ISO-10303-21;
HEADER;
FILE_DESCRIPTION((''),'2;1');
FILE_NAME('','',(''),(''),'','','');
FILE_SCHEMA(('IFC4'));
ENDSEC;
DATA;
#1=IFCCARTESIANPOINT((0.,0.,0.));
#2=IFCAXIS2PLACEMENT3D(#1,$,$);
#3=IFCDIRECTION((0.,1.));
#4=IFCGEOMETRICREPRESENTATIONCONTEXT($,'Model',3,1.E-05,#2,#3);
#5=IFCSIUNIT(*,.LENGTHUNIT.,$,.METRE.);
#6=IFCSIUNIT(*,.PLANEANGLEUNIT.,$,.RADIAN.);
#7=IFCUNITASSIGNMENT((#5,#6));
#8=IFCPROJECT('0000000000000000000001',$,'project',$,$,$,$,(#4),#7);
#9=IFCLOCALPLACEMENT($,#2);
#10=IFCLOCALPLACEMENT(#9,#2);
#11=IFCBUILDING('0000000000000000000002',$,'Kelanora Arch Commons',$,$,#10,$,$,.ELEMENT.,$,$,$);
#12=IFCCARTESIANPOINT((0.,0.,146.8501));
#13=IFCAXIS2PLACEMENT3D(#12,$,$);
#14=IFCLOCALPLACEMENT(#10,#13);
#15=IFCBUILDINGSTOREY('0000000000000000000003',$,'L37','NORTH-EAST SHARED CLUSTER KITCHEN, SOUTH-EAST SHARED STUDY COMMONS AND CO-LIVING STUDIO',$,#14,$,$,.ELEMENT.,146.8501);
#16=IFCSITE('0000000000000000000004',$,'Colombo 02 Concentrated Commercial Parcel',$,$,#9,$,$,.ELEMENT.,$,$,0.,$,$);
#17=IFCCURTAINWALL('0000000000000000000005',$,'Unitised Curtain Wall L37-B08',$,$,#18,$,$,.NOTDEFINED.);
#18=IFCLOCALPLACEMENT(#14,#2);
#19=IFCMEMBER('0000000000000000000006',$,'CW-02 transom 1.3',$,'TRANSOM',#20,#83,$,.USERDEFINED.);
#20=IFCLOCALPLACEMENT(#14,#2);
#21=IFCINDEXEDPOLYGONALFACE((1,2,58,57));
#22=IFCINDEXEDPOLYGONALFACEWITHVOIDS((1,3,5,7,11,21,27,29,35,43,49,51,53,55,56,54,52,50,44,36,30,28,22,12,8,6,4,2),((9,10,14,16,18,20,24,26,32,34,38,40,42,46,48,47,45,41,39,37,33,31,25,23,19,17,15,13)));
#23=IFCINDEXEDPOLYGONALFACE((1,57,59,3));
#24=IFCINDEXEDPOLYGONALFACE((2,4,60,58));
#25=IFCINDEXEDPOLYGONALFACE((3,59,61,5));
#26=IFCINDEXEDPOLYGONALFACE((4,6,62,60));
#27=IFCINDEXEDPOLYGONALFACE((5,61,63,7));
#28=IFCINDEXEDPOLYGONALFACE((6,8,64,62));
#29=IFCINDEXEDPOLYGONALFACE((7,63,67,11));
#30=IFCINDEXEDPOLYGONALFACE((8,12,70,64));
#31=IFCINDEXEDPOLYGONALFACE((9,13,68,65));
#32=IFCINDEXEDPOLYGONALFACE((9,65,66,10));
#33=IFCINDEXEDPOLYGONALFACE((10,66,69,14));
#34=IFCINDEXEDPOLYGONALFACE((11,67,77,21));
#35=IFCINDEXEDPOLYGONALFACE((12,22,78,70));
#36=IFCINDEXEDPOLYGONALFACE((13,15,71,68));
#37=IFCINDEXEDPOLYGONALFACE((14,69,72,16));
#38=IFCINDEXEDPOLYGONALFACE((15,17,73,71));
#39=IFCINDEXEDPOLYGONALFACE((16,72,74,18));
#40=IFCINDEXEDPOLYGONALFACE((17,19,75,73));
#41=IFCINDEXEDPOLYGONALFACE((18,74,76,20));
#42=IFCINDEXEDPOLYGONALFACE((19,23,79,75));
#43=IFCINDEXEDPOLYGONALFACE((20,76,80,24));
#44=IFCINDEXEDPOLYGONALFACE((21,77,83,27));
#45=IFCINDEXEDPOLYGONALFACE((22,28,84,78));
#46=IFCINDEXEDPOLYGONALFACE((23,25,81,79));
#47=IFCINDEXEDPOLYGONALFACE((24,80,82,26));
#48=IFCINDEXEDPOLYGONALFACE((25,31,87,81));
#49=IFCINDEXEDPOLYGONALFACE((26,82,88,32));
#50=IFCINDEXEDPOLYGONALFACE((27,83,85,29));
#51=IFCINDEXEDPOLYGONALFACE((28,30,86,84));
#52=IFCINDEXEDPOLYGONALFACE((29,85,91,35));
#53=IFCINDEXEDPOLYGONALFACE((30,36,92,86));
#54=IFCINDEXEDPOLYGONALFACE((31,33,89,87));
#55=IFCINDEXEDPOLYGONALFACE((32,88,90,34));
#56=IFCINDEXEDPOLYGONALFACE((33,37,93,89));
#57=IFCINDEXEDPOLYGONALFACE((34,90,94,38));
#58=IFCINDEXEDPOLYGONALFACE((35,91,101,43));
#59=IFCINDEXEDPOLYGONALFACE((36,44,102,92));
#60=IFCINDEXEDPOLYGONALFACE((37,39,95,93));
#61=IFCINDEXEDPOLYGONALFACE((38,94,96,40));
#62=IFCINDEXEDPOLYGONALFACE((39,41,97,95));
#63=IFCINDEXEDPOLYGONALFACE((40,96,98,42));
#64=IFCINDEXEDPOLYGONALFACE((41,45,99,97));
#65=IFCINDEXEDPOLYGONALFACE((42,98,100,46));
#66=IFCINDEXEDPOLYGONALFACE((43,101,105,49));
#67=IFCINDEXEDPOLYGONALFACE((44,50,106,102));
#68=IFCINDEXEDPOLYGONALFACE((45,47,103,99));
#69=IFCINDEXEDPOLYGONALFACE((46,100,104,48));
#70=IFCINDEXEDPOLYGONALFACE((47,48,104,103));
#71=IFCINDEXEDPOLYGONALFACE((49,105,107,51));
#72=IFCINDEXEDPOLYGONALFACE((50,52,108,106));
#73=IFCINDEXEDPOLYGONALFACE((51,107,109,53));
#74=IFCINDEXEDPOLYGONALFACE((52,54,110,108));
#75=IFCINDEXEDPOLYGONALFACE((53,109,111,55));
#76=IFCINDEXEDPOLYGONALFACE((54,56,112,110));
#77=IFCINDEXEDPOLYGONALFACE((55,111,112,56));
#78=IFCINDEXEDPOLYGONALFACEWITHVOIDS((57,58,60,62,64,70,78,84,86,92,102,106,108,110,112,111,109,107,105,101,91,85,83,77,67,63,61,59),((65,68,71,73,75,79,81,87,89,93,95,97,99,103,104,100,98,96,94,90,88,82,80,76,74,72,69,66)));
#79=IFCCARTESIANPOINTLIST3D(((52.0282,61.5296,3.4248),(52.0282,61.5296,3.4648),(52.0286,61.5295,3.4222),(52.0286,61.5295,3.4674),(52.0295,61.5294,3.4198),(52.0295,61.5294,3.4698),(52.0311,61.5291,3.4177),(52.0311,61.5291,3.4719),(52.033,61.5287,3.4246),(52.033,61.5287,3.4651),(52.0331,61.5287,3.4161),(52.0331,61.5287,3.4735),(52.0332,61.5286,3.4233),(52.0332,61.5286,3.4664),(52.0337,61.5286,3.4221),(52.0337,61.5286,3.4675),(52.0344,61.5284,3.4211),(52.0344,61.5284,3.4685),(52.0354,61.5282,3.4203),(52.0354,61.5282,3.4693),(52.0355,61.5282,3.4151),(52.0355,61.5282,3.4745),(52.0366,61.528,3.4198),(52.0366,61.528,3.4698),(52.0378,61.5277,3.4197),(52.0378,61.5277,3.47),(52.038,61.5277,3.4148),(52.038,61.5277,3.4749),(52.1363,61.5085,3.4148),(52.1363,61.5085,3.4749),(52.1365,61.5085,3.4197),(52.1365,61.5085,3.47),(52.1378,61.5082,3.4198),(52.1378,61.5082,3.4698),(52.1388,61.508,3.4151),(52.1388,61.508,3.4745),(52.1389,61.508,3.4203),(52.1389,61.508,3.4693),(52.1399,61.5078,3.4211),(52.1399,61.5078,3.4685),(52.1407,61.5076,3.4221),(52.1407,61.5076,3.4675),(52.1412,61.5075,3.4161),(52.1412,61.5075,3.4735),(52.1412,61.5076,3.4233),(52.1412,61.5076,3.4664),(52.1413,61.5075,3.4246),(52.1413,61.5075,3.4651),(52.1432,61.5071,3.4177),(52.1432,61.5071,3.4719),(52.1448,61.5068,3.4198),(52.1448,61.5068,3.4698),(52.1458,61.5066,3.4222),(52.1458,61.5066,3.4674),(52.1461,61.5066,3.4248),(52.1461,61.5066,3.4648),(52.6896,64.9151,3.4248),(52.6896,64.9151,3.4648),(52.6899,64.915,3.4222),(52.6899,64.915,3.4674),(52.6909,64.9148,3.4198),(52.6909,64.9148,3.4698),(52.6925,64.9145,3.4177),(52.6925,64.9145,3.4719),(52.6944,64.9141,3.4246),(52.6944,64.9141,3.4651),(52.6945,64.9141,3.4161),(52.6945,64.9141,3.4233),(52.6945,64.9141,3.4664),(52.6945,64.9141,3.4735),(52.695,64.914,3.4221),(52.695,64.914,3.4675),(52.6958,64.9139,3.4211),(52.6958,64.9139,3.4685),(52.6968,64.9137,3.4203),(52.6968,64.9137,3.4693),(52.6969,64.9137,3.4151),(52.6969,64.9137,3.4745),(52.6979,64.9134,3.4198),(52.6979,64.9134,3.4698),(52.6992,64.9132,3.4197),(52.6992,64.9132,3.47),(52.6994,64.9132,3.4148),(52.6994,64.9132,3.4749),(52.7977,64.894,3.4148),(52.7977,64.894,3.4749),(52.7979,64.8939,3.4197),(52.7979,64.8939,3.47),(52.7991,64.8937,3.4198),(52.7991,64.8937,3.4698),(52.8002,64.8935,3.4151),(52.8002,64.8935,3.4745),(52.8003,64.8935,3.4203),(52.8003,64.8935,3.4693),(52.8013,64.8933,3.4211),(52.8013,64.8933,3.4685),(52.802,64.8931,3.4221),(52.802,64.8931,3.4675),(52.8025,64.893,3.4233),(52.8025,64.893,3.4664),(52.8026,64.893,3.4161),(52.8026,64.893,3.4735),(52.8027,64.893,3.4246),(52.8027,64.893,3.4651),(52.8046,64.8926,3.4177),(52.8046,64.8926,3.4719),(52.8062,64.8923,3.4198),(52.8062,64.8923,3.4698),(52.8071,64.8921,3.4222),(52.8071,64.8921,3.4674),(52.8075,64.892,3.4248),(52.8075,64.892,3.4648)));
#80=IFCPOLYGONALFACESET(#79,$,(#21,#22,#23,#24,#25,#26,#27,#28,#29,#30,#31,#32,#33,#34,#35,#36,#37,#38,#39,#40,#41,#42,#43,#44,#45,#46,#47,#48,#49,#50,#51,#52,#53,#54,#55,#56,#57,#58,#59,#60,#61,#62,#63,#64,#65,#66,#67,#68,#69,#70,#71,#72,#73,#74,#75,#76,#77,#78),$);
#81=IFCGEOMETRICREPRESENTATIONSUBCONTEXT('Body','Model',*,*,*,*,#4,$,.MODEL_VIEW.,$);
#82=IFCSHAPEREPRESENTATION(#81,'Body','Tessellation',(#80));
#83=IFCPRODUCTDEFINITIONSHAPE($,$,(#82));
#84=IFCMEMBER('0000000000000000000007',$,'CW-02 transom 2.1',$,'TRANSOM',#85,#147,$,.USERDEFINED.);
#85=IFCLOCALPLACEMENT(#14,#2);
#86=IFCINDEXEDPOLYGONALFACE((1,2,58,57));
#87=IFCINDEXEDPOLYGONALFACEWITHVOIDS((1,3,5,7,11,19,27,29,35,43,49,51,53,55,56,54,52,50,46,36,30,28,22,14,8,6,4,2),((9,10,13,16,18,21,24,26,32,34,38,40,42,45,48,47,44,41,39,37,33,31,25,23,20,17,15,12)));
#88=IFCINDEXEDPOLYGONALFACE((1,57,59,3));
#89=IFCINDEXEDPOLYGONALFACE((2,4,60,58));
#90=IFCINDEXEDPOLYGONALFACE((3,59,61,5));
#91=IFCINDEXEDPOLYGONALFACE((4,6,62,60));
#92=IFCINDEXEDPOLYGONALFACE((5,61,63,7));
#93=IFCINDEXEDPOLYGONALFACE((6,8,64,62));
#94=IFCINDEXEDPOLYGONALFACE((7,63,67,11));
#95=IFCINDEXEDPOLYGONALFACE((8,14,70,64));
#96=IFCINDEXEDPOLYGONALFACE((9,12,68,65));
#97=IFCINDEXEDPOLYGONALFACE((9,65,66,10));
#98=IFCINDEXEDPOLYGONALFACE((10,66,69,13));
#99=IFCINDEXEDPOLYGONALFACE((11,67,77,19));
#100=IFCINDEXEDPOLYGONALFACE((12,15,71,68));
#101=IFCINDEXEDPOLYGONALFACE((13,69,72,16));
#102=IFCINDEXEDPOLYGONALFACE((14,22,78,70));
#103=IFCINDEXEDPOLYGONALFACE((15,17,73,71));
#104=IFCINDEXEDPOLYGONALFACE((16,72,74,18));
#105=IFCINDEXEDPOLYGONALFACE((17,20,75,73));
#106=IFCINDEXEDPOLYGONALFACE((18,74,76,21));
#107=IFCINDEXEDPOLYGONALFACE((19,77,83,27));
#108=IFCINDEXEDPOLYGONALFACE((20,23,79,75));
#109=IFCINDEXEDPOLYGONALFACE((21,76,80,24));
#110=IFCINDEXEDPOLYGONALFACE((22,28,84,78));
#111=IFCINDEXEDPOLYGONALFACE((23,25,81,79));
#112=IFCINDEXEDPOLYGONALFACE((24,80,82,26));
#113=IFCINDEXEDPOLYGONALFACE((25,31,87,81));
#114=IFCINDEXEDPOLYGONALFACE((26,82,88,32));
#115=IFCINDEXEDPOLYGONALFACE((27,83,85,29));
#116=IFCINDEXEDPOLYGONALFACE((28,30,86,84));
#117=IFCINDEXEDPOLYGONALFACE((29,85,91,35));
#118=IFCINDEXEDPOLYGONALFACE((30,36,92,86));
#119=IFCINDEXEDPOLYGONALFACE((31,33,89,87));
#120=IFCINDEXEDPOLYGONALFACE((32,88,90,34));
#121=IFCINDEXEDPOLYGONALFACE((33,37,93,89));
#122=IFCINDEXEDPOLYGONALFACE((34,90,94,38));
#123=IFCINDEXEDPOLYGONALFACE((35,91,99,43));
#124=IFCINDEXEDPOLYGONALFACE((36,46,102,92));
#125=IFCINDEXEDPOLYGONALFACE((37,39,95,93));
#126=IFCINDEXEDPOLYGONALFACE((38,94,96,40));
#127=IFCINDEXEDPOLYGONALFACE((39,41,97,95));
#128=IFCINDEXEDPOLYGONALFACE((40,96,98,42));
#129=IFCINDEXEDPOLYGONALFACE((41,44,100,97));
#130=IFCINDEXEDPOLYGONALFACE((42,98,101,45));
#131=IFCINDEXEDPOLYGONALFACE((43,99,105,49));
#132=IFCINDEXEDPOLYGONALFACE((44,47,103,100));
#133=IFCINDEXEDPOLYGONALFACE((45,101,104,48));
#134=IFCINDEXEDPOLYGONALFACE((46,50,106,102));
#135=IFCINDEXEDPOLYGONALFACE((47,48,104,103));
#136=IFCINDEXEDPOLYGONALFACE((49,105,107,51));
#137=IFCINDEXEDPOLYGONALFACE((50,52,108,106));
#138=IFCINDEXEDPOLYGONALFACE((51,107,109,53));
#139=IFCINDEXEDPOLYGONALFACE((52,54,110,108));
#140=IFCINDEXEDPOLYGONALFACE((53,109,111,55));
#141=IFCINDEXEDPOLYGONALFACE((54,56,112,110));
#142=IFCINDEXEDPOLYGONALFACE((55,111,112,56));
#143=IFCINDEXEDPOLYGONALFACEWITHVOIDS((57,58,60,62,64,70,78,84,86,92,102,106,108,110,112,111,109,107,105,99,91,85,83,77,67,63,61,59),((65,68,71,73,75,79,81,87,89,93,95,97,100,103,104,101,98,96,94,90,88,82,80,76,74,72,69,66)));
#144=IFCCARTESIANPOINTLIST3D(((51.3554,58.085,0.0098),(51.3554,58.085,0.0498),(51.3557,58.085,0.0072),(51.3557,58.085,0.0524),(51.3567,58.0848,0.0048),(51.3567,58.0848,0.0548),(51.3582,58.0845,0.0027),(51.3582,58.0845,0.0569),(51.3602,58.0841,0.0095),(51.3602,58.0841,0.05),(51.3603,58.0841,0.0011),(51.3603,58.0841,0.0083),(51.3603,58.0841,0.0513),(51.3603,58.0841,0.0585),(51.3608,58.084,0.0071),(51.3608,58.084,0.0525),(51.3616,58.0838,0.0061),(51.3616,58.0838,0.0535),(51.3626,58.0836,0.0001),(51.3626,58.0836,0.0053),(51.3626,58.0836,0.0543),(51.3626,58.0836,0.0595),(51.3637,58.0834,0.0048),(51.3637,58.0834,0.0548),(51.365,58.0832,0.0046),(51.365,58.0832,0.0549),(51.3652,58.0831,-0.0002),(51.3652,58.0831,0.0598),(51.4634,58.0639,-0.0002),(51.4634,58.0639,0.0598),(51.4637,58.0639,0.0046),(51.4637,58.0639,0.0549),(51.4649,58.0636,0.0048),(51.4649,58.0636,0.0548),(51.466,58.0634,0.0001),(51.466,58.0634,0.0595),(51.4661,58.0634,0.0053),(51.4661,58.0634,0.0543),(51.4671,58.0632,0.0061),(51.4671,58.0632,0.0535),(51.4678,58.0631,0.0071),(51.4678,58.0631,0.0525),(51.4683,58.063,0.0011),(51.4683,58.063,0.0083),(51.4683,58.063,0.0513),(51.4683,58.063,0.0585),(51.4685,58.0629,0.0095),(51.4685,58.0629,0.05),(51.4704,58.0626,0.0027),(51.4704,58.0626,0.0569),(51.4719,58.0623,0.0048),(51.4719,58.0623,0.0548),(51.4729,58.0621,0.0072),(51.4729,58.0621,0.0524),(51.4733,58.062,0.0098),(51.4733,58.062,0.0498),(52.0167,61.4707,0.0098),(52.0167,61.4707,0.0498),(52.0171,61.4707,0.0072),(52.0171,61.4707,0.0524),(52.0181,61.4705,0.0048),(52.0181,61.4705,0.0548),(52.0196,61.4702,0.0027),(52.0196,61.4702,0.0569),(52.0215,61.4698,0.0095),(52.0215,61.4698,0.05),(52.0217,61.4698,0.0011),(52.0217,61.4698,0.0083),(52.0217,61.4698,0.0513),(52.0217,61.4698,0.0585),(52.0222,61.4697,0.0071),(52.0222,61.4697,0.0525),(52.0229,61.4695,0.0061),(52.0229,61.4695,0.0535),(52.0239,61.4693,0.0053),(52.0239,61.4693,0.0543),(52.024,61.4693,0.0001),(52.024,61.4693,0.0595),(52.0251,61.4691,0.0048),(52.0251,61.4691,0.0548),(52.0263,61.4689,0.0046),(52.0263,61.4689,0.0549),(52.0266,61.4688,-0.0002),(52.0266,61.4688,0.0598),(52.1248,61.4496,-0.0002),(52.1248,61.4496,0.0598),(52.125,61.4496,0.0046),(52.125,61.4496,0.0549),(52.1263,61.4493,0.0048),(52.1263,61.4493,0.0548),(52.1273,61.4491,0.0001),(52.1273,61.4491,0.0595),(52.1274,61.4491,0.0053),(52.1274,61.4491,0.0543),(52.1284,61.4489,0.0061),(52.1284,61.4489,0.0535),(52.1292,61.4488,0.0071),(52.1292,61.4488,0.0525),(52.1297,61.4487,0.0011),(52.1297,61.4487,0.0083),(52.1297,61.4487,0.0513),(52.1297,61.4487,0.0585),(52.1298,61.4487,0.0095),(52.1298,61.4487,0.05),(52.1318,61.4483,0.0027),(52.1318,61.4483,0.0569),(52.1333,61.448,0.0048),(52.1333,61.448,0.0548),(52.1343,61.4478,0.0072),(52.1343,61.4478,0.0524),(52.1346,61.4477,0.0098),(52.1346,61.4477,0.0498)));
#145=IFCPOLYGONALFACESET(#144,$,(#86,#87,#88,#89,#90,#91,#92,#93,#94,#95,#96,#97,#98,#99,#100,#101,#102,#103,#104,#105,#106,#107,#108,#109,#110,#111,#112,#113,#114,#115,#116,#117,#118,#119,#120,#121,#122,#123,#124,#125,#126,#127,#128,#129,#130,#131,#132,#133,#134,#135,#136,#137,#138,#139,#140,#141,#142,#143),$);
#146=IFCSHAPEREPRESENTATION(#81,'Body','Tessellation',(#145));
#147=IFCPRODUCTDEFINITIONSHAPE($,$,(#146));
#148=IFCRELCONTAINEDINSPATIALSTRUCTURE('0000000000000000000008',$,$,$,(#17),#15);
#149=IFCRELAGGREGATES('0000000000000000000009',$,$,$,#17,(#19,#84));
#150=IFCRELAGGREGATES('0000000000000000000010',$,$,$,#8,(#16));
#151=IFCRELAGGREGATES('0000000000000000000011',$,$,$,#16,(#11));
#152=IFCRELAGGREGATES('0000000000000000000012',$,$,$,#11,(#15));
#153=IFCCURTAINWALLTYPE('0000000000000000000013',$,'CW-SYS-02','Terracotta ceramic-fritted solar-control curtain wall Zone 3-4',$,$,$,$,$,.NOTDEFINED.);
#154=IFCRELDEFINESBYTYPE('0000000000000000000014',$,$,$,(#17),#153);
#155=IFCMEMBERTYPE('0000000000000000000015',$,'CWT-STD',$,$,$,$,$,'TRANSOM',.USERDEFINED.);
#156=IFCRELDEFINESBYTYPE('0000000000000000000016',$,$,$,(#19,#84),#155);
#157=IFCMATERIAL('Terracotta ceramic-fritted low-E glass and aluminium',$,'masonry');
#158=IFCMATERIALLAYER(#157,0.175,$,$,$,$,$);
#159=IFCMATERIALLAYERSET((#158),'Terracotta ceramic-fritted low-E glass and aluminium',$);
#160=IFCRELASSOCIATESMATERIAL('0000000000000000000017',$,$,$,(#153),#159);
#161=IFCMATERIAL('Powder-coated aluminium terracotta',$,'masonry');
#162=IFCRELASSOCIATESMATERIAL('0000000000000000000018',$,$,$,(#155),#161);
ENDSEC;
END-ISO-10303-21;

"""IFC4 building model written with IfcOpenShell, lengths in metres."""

from ifc_helpers import new_model, si_unit, direction, frame, origin, origin_2d, place, context, subcontext, project, spatial, hollow_rectangle, extrude, material, layer, layer_set, material_profile, profile_set, type_object, element, aggregate, save


model = new_model("IFC4")

# Units and contexts
model_context = context("Model", 3, precision=1e-05, world=origin(), true_north=direction((0.0, 1.0)))
body_context = subcontext(model_context, "Body", "Model", "MODEL_VIEW")
ifc_project = project(units=[si_unit("LENGTHUNIT", "METRE"), si_unit("PLANEANGLEUNIT", "RADIAN")], contexts=[model_context])

# Site, building, storey
site_placement = place(None, origin())
site = spatial("IfcSite", under=ifc_project, at=site_placement, Name="Colombo 02 Concentrated Commercial Parcel", CompositionType="ELEMENT", RefElevation=0.0)
building_placement = place(site_placement, origin())
building = spatial("IfcBuilding", under=site, at=building_placement, Name="Kelanora Arch Commons", CompositionType="ELEMENT")
storey_placement = place(building_placement, frame((0.0, 0.0, 146.8501)))
storey = spatial("IfcBuildingStorey", under=building, at=storey_placement, Name="L37", Description="NORTH-EAST SHARED CLUSTER KITCHEN, SOUTH-EAST SHARED STUDY COMMONS AND CO-LIVING STUDIO", CompositionType="ELEMENT", Elevation=146.8501)

# Curtain wall, members
ifc_material_1 = material(Name="Terracotta ceramic-fritted low-E glass and aluminium", Category="masonry")
ifc_layer_1 = layer(ifc_material_1, 0.175)
ifc_layer_set_1 = layer_set([ifc_layer_1], Name="Terracotta ceramic-fritted low-E glass and aluminium")
curtain_wall_type = type_object("IfcCurtainWallType", Name="CW-SYS-02", Description="Terracotta ceramic-fritted solar-control curtain wall Zone 3-4", PredefinedType="NOTDEFINED", material=ifc_layer_set_1)
curtain_wall_placement = place(storey_placement, origin())
curtain_wall = element("IfcCurtainWall", 1, at=curtain_wall_placement, inside=storey, type_object=curtain_wall_type, Name="Unitised Curtain Wall L37-B08", PredefinedType="NOTDEFINED")
ifc_material_2 = material(Name="Powder-coated aluminium terracotta", Category="masonry")
ifc_material_profile_1 = material_profile(ifc_material_2, hollow_rectangle(XDim=0.1201, YDim=0.0601, WallThickness=0.0049, InnerFilletRadius=0.0049, OuterFilletRadius=0.01, at=origin_2d()), Name="CWT120x60")
ifc_profile_set_1 = profile_set([ifc_material_profile_1], Name="Powder-coated aluminium terracotta")
member_type_1 = type_object("IfcMemberType", Name="CWT-STD", ElementType="TRANSOM", PredefinedType="USERDEFINED", material=ifc_profile_set_1)
member_1_placement = place(storey_placement, frame((52.7485, 64.9036, 3.4448), z_axis=(-0.191732, -0.981447, 0.0), x_axis=(0.981447, -0.191732, 0.0)))
member_1 = element("IfcMember", 2, at=member_1_placement, type_object=member_type_1, Name="CW-02 transom 1.3", ObjectType="TRANSOM", PredefinedType="USERDEFINED", context=body_context, shape_type="SweptSolid", body=[
    extrude(hollow_rectangle(XDim=0.1201, YDim=0.0601, WallThickness=0.0049, InnerFilletRadius=0.0049, OuterFilletRadius=0.01, at=origin_2d()), origin(), (0.0, 0.0, 1.0), 3.4495),
])
member_2_placement = place(storey_placement, frame((52.0757, 61.4592, 0.0298), z_axis=(-0.191718, -0.98145, 0.0), x_axis=(0.98145, -0.191718, 0.0)))
member_2 = element("IfcMember", 3, at=member_2_placement, type_object=member_type_1, Name="CW-02 transom 2.1", ObjectType="TRANSOM", PredefinedType="USERDEFINED", context=body_context, shape_type="SweptSolid", body=[
    extrude(hollow_rectangle(XDim=0.1201, YDim=0.0601, WallThickness=0.0049, InnerFilletRadius=0.0049, OuterFilletRadius=0.01, at=origin_2d()), origin(), (0.0, 0.0, 1.0), 3.4497),
])
aggregate(curtain_wall, [member_1, member_2])

save(model, "model.ifc")
